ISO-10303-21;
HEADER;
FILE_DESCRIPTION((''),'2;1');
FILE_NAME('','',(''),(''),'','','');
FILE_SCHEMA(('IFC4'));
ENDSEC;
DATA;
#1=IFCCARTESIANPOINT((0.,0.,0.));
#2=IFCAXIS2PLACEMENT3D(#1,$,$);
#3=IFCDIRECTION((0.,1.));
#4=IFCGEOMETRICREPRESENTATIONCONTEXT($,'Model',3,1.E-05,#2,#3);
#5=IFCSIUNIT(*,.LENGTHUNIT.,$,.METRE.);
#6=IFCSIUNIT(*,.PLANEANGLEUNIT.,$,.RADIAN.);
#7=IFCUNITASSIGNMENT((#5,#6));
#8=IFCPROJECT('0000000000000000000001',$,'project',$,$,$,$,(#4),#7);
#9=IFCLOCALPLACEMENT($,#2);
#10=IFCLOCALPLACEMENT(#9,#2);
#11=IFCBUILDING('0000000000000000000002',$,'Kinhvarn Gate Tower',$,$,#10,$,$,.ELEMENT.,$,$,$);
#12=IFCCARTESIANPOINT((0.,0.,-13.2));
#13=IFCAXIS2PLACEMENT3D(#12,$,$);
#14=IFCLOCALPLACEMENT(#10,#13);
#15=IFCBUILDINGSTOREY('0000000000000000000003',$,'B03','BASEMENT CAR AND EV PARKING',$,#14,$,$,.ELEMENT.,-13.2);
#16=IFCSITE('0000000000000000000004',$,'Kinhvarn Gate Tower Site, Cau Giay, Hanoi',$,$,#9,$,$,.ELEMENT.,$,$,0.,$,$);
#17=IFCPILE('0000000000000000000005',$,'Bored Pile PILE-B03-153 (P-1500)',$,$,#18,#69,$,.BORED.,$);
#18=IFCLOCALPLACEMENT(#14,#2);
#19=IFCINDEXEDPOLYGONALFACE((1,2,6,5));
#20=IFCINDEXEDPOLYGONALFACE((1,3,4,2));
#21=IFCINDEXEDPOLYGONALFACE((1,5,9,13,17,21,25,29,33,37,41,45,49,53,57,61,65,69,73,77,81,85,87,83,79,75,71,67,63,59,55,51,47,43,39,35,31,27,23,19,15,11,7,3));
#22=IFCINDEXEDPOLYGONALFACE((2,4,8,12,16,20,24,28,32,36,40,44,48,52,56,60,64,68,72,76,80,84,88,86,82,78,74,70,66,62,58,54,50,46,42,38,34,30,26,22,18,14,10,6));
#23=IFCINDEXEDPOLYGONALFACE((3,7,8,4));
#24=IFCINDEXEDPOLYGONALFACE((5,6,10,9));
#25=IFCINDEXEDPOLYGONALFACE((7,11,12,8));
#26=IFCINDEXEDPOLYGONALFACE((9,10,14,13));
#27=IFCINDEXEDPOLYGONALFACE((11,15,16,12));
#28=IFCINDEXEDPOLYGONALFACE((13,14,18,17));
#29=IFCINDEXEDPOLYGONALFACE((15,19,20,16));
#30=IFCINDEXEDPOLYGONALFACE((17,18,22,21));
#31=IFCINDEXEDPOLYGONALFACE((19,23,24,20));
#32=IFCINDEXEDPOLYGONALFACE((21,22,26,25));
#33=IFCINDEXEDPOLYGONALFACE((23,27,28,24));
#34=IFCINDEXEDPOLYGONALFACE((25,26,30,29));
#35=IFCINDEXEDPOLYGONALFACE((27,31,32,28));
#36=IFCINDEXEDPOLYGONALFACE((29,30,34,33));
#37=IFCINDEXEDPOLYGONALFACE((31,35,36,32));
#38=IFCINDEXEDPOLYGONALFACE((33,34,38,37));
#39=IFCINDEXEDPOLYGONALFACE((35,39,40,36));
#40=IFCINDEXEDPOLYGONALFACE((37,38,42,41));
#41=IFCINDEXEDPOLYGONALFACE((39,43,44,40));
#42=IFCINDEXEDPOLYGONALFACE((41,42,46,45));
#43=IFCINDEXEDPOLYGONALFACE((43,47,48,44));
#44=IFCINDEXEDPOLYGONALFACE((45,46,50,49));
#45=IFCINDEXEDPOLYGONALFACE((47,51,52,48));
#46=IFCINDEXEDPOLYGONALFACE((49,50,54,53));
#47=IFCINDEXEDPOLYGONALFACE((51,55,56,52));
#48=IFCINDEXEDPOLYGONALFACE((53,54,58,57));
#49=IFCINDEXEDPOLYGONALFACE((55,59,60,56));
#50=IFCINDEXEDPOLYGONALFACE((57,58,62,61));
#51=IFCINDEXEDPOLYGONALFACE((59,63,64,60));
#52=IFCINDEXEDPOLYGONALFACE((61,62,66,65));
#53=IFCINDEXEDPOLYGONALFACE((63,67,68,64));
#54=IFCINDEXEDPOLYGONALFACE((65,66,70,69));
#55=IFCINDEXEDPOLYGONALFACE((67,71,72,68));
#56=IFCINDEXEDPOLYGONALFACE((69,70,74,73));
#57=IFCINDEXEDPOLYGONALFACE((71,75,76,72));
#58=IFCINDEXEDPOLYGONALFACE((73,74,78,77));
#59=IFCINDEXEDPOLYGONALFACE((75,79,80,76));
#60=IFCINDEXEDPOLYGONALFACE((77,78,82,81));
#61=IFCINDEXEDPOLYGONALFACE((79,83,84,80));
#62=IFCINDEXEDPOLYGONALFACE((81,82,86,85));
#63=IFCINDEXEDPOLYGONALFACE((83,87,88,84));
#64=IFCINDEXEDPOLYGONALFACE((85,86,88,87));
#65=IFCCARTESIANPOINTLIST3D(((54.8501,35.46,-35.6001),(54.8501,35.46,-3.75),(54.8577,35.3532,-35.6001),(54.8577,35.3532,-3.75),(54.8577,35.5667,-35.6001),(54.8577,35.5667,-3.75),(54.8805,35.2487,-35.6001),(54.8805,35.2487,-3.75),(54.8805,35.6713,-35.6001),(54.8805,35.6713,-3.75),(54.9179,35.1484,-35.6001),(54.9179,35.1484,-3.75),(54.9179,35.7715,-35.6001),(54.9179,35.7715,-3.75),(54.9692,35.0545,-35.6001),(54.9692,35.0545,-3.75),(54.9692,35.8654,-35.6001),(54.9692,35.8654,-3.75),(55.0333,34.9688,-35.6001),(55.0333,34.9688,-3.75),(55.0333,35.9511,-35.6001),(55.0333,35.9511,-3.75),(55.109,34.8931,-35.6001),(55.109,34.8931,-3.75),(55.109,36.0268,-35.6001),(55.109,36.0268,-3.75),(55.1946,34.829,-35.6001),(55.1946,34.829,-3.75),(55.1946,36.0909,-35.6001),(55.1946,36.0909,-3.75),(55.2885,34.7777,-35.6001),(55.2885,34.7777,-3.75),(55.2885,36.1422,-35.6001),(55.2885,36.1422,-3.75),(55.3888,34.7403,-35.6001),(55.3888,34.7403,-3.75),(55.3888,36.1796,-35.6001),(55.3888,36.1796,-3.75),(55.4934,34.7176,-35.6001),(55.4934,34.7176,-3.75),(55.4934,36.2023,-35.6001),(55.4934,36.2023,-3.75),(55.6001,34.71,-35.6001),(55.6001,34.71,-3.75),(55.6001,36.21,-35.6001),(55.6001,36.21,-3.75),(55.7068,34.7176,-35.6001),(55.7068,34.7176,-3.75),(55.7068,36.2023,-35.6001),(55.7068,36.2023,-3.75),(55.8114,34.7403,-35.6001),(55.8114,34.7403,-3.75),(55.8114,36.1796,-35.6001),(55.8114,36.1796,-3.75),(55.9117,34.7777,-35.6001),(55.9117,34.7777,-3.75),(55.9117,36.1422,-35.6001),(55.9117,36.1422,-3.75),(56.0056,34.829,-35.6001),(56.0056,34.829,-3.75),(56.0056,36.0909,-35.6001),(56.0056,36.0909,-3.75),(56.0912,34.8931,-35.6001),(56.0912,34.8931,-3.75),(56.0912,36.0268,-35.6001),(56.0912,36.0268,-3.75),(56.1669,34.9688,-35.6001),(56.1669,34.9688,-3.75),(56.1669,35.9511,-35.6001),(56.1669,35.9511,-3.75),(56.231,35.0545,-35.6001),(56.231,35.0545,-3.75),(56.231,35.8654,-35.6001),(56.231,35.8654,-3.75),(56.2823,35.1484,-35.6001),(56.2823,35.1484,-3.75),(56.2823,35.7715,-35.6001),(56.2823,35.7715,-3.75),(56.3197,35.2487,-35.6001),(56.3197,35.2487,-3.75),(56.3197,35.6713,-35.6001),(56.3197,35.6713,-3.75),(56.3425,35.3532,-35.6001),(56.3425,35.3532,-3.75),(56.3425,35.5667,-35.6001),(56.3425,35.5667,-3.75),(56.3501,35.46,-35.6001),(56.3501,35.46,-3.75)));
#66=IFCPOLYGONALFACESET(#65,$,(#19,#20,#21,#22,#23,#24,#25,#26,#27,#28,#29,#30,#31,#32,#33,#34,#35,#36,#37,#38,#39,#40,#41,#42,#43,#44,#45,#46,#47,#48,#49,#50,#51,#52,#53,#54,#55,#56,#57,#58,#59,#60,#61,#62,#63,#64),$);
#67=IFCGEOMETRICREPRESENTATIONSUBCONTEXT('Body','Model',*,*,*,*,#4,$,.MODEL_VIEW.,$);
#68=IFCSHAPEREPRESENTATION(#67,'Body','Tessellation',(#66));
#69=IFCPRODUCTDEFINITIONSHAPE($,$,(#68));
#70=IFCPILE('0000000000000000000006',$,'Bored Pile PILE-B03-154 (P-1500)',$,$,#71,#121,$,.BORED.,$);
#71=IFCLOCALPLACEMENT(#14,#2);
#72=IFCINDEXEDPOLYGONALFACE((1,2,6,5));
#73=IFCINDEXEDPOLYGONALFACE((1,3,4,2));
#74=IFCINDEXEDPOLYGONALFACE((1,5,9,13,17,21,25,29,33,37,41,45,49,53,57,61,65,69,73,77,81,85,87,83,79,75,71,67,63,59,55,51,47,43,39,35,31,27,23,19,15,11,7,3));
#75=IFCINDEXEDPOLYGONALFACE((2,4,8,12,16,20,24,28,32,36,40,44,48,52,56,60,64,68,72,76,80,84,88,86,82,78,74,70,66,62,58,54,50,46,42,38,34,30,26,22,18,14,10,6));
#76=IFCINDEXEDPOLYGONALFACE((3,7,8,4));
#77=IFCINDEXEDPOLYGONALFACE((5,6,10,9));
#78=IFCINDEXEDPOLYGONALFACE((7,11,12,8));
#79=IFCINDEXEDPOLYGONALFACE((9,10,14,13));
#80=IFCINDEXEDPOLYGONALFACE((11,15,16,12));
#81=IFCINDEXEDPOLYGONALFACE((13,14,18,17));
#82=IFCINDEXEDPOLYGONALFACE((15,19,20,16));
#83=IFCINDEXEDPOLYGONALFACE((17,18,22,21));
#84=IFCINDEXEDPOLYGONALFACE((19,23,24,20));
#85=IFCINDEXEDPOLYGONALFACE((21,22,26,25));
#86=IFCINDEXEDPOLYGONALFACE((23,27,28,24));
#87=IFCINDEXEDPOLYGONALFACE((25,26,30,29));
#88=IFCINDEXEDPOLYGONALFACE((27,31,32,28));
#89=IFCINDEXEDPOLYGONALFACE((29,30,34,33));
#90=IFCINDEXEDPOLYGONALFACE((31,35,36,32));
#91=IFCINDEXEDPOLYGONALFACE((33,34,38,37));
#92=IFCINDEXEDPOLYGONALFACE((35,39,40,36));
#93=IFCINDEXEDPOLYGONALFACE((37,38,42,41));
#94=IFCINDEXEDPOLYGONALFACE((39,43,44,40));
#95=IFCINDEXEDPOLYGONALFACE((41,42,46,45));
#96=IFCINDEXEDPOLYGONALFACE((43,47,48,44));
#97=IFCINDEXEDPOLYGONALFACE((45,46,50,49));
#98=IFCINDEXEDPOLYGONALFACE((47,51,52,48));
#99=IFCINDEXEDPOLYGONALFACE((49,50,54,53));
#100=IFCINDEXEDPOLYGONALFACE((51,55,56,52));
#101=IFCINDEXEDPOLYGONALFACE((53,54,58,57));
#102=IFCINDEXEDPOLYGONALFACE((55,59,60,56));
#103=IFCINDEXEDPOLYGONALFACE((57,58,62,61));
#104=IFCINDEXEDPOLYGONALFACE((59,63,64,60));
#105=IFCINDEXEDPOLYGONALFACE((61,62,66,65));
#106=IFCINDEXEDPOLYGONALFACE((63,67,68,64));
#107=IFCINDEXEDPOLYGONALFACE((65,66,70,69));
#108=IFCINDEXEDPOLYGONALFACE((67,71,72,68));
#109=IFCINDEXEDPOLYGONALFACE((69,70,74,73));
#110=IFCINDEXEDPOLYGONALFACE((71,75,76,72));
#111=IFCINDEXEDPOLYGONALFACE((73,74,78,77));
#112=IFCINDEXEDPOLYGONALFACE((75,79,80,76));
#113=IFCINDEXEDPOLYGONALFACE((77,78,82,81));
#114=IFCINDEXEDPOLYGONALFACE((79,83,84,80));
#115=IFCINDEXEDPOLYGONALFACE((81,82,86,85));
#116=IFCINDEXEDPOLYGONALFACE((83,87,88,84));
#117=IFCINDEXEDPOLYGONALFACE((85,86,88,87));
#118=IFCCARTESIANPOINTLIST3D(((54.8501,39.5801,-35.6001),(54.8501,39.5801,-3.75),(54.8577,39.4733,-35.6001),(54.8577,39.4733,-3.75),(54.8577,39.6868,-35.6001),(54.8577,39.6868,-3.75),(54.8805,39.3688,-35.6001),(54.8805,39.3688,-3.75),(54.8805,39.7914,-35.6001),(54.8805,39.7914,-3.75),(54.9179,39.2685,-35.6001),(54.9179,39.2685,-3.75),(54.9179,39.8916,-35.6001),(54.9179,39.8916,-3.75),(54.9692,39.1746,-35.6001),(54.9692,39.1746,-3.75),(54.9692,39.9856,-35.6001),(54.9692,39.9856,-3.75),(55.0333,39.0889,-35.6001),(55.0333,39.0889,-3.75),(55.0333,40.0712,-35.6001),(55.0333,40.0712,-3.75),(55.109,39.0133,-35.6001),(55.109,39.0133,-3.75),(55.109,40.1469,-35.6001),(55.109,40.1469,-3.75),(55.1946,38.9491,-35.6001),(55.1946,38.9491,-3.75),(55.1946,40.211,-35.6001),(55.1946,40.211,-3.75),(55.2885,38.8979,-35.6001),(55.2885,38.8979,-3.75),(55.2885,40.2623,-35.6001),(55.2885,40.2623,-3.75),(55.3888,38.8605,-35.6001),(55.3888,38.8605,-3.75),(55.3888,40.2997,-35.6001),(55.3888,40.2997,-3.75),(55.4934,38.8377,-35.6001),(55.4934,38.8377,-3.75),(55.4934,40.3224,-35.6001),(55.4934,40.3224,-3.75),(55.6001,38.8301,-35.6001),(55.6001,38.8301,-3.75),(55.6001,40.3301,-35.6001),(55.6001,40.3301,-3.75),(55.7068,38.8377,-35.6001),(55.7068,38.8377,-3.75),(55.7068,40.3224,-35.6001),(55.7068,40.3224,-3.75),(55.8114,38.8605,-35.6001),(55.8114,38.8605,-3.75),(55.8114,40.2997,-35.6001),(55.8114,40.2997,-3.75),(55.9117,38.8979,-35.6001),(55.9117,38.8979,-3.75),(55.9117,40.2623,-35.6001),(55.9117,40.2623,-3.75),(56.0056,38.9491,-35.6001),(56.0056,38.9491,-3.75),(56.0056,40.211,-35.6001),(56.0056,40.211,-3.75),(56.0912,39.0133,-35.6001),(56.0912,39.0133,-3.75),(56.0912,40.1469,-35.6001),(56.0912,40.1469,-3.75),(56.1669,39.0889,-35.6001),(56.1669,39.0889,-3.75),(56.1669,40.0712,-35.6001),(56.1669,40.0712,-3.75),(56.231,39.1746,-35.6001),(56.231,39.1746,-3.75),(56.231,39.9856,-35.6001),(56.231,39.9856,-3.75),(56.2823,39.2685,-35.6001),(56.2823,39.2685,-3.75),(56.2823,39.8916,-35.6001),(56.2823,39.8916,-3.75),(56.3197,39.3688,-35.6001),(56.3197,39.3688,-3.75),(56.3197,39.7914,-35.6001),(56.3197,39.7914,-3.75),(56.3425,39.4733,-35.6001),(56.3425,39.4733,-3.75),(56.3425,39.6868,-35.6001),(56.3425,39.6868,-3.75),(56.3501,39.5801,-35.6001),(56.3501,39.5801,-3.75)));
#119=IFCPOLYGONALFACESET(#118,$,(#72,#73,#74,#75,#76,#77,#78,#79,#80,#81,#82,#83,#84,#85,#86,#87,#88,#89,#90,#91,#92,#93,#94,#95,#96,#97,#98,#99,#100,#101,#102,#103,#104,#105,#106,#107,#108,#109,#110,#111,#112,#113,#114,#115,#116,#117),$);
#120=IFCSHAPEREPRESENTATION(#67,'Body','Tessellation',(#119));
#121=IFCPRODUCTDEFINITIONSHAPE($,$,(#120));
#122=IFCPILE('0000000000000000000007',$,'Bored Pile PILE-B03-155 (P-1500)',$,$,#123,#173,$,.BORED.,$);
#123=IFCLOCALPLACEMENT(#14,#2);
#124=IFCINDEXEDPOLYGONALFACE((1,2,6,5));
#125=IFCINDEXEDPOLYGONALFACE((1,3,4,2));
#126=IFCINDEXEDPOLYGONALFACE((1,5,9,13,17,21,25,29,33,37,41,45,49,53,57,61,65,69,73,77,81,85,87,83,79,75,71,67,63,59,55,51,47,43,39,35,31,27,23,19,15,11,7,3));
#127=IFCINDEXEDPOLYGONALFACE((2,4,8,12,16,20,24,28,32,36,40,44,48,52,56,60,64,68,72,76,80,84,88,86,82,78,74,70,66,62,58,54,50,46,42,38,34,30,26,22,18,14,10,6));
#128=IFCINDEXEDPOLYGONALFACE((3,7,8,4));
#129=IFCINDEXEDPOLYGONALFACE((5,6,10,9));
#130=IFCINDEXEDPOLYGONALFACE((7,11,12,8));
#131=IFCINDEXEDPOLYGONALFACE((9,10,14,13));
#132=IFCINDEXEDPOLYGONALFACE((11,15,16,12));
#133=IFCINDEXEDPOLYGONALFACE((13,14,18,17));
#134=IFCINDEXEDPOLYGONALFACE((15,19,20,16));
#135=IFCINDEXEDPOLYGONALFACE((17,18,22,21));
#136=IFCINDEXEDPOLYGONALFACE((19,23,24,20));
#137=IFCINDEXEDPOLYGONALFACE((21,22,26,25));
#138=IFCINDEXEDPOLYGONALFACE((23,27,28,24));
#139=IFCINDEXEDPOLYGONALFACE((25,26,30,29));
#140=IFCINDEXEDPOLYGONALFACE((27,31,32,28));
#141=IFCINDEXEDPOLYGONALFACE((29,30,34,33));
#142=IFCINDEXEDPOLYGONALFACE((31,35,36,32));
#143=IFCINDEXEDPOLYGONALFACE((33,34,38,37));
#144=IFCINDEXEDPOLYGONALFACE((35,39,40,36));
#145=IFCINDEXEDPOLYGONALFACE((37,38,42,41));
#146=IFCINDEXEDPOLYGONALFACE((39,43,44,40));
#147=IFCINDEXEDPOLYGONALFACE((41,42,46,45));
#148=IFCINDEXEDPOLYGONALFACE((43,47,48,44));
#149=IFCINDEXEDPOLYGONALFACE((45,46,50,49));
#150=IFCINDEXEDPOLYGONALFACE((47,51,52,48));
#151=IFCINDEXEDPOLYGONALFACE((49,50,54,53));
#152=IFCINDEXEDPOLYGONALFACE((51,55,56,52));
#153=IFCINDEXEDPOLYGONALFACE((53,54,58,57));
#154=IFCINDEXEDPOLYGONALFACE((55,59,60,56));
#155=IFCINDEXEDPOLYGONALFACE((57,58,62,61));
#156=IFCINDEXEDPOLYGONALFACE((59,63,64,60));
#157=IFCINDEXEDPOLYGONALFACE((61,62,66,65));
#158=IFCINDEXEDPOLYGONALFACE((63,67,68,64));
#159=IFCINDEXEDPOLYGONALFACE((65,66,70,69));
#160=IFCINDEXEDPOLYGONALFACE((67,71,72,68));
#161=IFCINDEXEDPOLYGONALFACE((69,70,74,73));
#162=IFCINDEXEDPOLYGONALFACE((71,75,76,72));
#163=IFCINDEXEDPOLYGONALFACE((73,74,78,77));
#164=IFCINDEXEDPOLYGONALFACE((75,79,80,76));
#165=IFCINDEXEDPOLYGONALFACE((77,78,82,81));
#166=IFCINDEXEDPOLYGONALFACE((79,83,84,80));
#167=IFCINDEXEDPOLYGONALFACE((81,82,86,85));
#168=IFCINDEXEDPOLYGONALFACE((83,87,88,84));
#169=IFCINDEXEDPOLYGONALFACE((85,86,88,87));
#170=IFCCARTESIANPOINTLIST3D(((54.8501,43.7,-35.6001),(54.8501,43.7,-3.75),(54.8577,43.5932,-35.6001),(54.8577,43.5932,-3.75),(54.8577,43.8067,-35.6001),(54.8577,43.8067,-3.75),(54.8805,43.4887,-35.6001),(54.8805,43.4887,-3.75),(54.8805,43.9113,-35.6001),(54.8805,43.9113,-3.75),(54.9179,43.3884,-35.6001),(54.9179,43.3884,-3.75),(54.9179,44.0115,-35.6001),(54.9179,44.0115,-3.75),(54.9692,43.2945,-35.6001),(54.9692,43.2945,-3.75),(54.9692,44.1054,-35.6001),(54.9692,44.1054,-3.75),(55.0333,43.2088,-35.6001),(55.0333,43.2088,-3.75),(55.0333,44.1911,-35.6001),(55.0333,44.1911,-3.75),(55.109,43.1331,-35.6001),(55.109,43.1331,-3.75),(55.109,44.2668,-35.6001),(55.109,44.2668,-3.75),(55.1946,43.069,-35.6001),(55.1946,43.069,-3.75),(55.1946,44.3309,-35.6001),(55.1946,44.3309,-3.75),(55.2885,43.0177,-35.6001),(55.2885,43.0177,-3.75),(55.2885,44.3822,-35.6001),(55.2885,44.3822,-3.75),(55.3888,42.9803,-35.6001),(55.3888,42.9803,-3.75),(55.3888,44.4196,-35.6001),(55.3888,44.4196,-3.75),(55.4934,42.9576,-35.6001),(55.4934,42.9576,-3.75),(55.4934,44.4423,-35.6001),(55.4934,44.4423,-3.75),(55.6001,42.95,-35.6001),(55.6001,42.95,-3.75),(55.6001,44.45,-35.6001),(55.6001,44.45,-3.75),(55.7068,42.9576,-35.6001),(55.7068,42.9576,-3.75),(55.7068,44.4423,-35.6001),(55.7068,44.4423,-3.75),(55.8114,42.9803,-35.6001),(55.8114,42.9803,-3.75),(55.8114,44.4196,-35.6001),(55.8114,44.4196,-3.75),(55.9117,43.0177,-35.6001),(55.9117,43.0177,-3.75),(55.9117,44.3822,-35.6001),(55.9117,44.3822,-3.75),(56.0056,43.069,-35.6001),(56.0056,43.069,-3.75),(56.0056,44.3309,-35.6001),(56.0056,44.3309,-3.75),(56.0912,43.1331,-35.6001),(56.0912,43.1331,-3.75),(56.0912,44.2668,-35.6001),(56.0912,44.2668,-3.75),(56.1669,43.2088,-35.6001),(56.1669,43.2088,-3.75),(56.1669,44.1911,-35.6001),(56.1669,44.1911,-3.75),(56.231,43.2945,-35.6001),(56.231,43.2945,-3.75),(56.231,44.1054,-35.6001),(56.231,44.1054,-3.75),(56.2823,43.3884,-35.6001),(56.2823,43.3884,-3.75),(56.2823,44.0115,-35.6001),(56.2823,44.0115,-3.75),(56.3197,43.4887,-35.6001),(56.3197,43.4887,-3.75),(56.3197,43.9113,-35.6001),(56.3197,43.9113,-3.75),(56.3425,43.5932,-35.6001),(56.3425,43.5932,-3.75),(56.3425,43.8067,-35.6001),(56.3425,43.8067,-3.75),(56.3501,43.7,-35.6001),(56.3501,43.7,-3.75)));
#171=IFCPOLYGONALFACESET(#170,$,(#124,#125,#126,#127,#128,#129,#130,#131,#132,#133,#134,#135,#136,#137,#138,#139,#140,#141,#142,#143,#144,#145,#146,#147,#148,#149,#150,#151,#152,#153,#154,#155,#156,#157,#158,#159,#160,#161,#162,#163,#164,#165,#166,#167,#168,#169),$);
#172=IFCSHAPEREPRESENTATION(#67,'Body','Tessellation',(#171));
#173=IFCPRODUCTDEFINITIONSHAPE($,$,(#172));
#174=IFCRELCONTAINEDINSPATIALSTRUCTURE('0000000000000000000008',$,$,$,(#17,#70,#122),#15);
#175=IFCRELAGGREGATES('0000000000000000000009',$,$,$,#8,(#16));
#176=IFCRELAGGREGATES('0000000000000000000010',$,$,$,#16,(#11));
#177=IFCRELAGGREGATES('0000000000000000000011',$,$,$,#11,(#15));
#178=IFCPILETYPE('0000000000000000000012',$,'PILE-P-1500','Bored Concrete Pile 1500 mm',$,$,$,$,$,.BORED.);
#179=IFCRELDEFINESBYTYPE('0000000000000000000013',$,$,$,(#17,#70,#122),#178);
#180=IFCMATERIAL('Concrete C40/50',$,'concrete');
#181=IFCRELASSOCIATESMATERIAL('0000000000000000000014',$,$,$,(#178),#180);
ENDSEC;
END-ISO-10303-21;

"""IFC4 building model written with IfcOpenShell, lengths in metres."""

from ifc_helpers import new_model, si_unit, direction, frame, origin, origin_2d, place, context, subcontext, project, spatial, circle, extrude, material, material_profile, profile_set, type_object, element, save


model = new_model("IFC4")

# Units and contexts
model_context = context("Model", 3, precision=1e-05, world=origin(), true_north=direction((0.0, 1.0)))
body_context = subcontext(model_context, "Body", "Model", "MODEL_VIEW")
ifc_project = project(units=[si_unit("LENGTHUNIT", "METRE"), si_unit("PLANEANGLEUNIT", "RADIAN")], contexts=[model_context])

# Site, building, storey
site_placement = place(None, origin())
site = spatial("IfcSite", under=ifc_project, at=site_placement, Name="Kinhvarn Gate Tower Site, Cau Giay, Hanoi", CompositionType="ELEMENT", RefElevation=0.0)
building_placement = place(site_placement, origin())
building = spatial("IfcBuilding", under=site, at=building_placement, Name="Kinhvarn Gate Tower", CompositionType="ELEMENT")
storey_placement = place(building_placement, frame((0.0, 0.0, -13.2)))
storey = spatial("IfcBuildingStorey", under=building, at=storey_placement, Name="B03", Description="BASEMENT CAR AND EV PARKING", CompositionType="ELEMENT", Elevation=-13.2)

# Piles
ifc_material = material(Name="Concrete C40/50", Category="concrete")
ifc_material_profile_1 = material_profile(ifc_material, circle(Radius=0.75, at=origin_2d()), Name="PILE D1500")
ifc_profile_set_1 = profile_set([ifc_material_profile_1], Name="Concrete C40/50")
pile_type_1 = type_object("IfcPileType", Name="PILE-P-1500", Description="Bored Concrete Pile 1500 mm", PredefinedType="BORED", material=ifc_profile_set_1)
for number, where, z_axis, x_axis, name in (
    (1, (55.6001, 35.46, -35.6001), (0.0, 0.0, 1.0), (1.0, 0.0, 0.0), "Bored Pile PILE-B03-153 (P-1500)"),
    (2, (55.6001, 39.5801, -35.6001), (0.0, 0.0, 1.0), (1.0, 0.0, 0.0), "Bored Pile PILE-B03-154 (P-1500)"),
    (3, (55.6001, 43.7, -35.6001), (0.0, 0.0, 1.0), (1.0, 0.0, 0.0), "Bored Pile PILE-B03-155 (P-1500)"),
):
    element("IfcPile", number, at=place(storey_placement, frame(where, z_axis=z_axis, x_axis=x_axis)), inside=storey, type_object=pile_type_1, Name=name, PredefinedType="BORED", context=body_context, shape_type="SweptSolid", body=[
        extrude(circle(Radius=0.75, at=origin_2d()), origin(), (0.0, 0.0, 1.0), 31.8501),
    ])

save(model, "model.ifc")
